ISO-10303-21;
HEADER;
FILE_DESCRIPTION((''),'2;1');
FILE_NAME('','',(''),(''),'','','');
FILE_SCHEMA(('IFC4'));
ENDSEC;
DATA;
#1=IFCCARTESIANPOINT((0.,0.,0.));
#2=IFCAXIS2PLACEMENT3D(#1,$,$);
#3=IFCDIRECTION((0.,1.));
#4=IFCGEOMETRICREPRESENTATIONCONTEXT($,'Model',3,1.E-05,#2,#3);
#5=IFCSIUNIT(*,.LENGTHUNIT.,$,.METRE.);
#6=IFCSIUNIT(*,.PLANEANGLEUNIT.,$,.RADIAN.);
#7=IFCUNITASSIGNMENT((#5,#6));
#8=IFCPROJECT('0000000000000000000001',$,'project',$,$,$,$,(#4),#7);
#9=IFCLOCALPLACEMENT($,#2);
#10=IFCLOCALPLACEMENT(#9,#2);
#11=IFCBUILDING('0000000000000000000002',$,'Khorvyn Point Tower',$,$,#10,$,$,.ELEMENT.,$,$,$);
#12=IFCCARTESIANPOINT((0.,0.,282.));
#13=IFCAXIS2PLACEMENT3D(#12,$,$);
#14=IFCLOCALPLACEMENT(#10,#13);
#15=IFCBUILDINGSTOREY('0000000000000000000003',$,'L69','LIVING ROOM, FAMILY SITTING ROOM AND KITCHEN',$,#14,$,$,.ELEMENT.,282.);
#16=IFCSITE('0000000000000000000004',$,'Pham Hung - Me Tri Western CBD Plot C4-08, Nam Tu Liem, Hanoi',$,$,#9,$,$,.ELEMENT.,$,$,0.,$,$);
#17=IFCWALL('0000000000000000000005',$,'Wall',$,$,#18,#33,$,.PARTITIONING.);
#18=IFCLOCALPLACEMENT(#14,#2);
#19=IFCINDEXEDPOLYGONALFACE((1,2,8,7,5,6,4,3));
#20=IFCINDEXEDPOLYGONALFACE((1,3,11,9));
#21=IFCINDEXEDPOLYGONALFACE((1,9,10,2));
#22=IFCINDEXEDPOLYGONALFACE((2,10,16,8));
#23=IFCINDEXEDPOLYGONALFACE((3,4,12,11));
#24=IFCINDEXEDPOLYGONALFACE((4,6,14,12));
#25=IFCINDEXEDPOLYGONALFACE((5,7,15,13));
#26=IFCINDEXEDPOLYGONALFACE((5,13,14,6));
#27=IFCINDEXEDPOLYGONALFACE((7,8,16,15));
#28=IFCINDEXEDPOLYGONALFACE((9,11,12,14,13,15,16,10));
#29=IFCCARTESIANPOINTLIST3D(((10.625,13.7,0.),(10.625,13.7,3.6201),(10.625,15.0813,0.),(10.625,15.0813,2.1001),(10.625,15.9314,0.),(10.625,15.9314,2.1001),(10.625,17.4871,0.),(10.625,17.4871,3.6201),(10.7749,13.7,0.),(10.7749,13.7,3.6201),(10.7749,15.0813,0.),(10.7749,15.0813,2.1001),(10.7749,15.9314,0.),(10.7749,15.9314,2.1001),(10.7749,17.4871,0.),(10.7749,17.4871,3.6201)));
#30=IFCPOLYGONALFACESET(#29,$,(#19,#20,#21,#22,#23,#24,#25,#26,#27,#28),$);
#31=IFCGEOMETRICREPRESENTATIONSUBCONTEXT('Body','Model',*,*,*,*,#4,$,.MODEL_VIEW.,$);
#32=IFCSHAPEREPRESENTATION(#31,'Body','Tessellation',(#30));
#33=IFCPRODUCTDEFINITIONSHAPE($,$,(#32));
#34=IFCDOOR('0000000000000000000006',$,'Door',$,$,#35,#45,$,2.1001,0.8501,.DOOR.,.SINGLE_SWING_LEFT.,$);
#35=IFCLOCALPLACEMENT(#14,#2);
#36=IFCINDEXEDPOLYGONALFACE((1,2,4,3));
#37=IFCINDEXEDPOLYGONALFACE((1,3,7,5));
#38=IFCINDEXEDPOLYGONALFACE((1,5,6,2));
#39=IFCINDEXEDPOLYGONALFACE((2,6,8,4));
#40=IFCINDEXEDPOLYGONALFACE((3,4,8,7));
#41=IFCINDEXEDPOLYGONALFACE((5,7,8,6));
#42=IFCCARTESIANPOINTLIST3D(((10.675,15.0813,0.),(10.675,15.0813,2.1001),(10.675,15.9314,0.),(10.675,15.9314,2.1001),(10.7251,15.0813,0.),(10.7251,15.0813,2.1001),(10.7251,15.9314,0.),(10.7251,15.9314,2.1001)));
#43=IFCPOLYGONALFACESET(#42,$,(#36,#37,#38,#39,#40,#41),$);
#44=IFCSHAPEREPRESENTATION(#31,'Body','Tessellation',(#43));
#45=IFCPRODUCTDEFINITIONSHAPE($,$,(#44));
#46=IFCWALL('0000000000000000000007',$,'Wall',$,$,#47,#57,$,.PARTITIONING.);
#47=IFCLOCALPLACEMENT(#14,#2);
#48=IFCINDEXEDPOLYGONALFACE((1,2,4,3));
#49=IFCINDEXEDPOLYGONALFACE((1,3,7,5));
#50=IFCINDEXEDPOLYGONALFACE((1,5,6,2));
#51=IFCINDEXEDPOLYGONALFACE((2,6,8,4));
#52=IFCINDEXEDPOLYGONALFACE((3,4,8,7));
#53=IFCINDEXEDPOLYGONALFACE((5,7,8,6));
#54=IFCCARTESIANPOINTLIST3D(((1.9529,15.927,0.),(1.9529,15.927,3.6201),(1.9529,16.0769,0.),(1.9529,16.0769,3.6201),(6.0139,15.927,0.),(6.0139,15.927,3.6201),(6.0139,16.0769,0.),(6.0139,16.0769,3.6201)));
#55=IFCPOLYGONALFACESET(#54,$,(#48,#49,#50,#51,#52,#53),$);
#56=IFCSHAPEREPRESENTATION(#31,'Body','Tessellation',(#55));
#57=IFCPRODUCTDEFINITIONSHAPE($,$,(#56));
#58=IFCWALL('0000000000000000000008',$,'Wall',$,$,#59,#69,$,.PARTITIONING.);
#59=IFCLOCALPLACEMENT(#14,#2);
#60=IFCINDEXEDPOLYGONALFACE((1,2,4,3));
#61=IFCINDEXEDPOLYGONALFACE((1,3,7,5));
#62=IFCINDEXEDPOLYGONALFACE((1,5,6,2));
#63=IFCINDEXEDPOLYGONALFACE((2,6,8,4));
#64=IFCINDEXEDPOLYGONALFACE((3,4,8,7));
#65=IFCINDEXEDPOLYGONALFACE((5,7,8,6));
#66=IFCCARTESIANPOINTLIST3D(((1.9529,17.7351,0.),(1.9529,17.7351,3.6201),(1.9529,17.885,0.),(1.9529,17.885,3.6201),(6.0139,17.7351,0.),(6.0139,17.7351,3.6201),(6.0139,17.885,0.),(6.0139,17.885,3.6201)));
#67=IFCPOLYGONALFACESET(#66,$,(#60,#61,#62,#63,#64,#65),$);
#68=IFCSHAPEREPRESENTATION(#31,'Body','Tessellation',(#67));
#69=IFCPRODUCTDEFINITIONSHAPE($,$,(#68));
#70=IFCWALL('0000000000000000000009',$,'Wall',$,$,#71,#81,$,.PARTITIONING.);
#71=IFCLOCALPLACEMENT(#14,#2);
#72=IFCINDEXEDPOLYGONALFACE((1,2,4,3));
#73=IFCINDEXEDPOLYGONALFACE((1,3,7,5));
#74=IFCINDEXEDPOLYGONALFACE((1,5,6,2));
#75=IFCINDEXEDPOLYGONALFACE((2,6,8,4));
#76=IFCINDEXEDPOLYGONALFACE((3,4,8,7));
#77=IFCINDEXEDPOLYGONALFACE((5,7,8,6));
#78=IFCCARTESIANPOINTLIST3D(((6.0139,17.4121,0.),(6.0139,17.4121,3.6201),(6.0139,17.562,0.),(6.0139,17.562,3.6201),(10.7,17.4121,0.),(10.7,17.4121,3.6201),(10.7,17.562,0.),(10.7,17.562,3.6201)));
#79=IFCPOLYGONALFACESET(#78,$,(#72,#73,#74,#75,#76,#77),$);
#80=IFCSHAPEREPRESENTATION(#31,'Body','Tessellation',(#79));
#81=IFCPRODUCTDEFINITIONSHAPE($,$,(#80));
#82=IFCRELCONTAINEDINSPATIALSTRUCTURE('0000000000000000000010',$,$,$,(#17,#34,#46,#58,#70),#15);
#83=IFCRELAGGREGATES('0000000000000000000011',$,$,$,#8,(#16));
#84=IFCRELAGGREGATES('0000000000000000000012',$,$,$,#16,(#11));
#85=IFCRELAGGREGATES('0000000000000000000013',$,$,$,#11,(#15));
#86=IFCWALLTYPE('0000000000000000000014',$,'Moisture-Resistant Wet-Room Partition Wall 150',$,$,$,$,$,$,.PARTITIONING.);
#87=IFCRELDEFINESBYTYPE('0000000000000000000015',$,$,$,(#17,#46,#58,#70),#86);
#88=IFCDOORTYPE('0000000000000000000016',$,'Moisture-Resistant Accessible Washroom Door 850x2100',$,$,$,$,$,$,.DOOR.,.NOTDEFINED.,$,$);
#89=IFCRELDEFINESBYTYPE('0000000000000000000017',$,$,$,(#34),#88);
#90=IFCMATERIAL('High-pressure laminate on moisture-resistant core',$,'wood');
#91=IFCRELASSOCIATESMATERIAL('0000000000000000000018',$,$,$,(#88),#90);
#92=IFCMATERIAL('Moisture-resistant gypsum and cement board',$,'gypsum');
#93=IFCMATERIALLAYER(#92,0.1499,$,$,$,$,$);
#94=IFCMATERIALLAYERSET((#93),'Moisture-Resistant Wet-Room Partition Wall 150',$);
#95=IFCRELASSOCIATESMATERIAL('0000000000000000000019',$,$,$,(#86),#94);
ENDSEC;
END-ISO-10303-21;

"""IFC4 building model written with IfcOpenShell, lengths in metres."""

from ifc_helpers import new_model, si_unit, direction, frame, frame_2d, origin, place, context, subcontext, project, spatial, rectangle, extrude, material, layer, layer_set, type_object, element, fill, save


model = new_model("IFC4")

# Units and contexts
model_context = context("Model", 3, precision=1e-05, world=origin(), true_north=direction((0.0, 1.0)))
body_context = subcontext(model_context, "Body", "Model", "MODEL_VIEW")
ifc_project = project(units=[si_unit("LENGTHUNIT", "METRE"), si_unit("PLANEANGLEUNIT", "RADIAN")], contexts=[model_context])

# Site, building, storey
site_placement = place(None, origin())
site = spatial("IfcSite", under=ifc_project, at=site_placement, Name="Pham Hung - Me Tri Western CBD Plot C4-08, Nam Tu Liem, Hanoi", CompositionType="ELEMENT", RefElevation=0.0)
building_placement = place(site_placement, origin())
building = spatial("IfcBuilding", under=site, at=building_placement, Name="Khorvyn Point Tower", CompositionType="ELEMENT")
storey_placement = place(building_placement, frame((0.0, 0.0, 282.0)))
storey = spatial("IfcBuildingStorey", under=building, at=storey_placement, Name="L69", Description="LIVING ROOM, FAMILY SITTING ROOM AND KITCHEN", CompositionType="ELEMENT", Elevation=282.0)

# Wall, opening, door
ifc_material_1 = material(Name="High-pressure laminate on moisture-resistant core", Category="wood")
door_type_1 = type_object("IfcDoorType", Name="Moisture-Resistant Accessible Washroom Door 850x2100", OperationType="NOTDEFINED", PredefinedType="DOOR", material=ifc_material_1)
ifc_material_2 = material(Name="Moisture-resistant gypsum and cement board", Category="gypsum")
ifc_layer_1 = layer(ifc_material_2, 0.1499)
ifc_layer_set_1 = layer_set([ifc_layer_1], Name="Moisture-Resistant Wet-Room Partition Wall 150")
wall_type_1 = type_object("IfcWallType", Name="Moisture-Resistant Wet-Room Partition Wall 150", PredefinedType="PARTITIONING", material=ifc_layer_set_1)
wall_1_placement = place(storey_placement, frame((10.7, 13.7, 0.0), z_axis=(0.0, 0.0, 1.0), x_axis=(0.0, 1.0, 0.0)))
wall_1 = element("IfcWall", 1, at=wall_1_placement, inside=storey, type_object=wall_type_1, Name="Wall", PredefinedType="PARTITIONING", context=body_context, shape_type="SweptSolid", body=[
    extrude(rectangle(XDim=3.7871, YDim=0.1499, at=frame_2d((1.8936, 0.0))), origin(), (0.0, 0.0, 1.0), 3.6201),
])
opening_1_placement = place(wall_1_placement, frame((1.3813, 0.0, 0.0)))
opening_1 = element("IfcOpeningElement", 2, at=opening_1_placement, cuts=wall_1, PredefinedType="OPENING", context=body_context, shape_type="SweptSolid", body=[
    extrude(rectangle(XDim=0.8501, YDim=2.1001, at=frame_2d((0.425, 1.05))), frame((0.0, 0.085, 0.0), z_axis=(0.0, -1.0, 0.0), x_axis=(1.0, 0.0, 0.0)), (0.0, 0.0, 1.0), 0.1699),
])
door_1_placement = place(opening_1_placement, origin())
door_1 = element("IfcDoor", 3, at=door_1_placement, inside=storey, type_object=door_type_1, Name="Door", OperationType="SINGLE_SWING_LEFT", OverallHeight=2.1001, OverallWidth=0.8501, PredefinedType="DOOR", context=body_context, shape_type="SweptSolid", body=[
    extrude(rectangle(XDim=0.8501, YDim=2.1001, at=frame_2d((0.425, 1.05))), frame((0.0, 0.0249, 0.0), z_axis=(0.0, -1.0, 0.0), x_axis=(1.0, 0.0, 0.0)), (0.0, 0.0, 1.0), 0.05),
])
fill(opening_1, door_1)

# Walls
for number, where, z_axis, x_axis, name in (
    (4, (1.9529, 16.002, 0.0), (0.0, 0.0, 1.0), (1.0, 0.0, 0.0), "Wall"),
    (5, (1.9529, 17.8101, 0.0), (0.0, 0.0, 1.0), (1.0, 0.0, 0.0), "Wall"),
):
    element("IfcWall", number, at=place(storey_placement, frame(where, z_axis=z_axis, x_axis=x_axis)), inside=storey, type_object=wall_type_1, Name=name, PredefinedType="PARTITIONING", context=body_context, shape_type="SweptSolid", body=[
        extrude(rectangle(XDim=4.061, YDim=0.1499, at=frame_2d((2.0305, 0.0))), origin(), (0.0, 0.0, 1.0), 3.6201),
    ])
wall_2_placement = place(storey_placement, frame((6.0139, 17.4871, 0.0), z_axis=(0.0, 0.0, 1.0), x_axis=(1.0, 0.0, 0.0)))
element("IfcWall", 6, at=wall_2_placement, inside=storey, type_object=wall_type_1, Name="Wall", PredefinedType="PARTITIONING", context=body_context, shape_type="SweptSolid", body=[
    extrude(rectangle(XDim=4.686, YDim=0.1499, at=frame_2d((2.343, 0.0))), origin(), (0.0, 0.0, 1.0), 3.6201),
])

save(model, "model.ifc")
